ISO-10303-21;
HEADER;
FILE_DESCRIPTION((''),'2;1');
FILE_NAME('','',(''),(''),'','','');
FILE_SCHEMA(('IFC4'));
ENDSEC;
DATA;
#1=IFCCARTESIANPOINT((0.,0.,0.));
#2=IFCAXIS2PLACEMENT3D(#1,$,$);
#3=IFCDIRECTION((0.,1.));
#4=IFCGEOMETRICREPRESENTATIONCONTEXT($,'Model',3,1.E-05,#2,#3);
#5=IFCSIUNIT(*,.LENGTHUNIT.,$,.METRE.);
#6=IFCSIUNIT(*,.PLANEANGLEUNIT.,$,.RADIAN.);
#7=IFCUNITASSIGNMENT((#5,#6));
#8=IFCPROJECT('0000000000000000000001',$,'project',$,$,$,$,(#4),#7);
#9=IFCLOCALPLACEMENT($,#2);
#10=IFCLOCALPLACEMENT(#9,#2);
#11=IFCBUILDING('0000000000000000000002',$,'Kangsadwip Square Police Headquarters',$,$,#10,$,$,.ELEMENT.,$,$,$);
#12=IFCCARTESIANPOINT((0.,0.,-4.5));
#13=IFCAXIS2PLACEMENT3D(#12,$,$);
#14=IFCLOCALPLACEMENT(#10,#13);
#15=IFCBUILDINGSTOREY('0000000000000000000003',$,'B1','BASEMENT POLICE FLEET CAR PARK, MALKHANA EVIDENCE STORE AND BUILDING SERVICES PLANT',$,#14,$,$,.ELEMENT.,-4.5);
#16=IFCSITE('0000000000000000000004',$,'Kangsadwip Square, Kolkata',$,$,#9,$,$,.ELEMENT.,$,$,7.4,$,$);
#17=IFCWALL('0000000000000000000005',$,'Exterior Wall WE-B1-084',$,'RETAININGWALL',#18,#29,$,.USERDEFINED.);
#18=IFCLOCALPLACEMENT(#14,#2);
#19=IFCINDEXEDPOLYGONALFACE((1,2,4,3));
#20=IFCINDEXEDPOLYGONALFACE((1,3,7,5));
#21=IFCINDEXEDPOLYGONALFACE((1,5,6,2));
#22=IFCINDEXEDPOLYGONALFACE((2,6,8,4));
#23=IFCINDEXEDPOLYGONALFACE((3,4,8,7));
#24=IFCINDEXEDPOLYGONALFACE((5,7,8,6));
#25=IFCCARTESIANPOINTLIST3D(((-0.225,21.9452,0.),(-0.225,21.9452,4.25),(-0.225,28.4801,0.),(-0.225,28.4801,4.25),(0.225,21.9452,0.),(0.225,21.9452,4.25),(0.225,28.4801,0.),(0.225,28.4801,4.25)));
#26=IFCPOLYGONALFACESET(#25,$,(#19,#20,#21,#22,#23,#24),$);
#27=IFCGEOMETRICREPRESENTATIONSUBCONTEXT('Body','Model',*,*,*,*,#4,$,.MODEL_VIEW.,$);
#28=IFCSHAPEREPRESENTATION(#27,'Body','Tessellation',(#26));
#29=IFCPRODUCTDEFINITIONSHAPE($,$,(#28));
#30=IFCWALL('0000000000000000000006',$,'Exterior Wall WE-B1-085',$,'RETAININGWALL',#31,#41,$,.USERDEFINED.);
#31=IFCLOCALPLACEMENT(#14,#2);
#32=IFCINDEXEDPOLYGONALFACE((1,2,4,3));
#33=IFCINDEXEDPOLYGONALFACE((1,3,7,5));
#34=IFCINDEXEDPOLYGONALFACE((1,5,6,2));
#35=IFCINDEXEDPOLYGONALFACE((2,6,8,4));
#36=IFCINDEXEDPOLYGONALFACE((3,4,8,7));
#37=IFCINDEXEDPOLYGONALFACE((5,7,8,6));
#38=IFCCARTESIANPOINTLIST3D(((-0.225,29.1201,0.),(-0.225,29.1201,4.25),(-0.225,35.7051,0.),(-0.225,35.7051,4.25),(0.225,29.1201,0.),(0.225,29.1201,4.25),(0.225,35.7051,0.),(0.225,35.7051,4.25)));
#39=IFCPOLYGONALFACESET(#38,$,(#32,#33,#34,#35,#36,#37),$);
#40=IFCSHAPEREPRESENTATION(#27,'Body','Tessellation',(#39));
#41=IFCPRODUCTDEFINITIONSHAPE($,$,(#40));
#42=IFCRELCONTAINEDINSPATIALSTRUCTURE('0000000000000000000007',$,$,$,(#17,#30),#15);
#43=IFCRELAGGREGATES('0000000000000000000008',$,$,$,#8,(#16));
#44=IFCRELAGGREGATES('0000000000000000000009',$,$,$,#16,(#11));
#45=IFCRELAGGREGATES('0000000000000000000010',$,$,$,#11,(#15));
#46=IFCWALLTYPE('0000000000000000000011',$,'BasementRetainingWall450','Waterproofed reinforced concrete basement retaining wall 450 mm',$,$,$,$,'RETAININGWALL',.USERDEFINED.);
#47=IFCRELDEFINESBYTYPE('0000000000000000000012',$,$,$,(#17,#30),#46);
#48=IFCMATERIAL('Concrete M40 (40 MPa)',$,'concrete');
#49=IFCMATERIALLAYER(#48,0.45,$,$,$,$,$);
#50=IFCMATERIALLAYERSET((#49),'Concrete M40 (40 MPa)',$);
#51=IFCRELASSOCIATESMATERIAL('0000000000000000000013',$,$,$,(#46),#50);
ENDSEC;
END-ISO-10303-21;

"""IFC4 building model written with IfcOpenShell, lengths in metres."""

from ifc_helpers import new_model, si_unit, direction, frame, frame_2d, origin, place, context, subcontext, project, spatial, rectangle, extrude, material, layer, layer_set, type_object, element, save


model = new_model("IFC4")

# Units and contexts
model_context = context("Model", 3, precision=1e-05, world=origin(), true_north=direction((0.0, 1.0)))
body_context = subcontext(model_context, "Body", "Model", "MODEL_VIEW")
ifc_project = project(units=[si_unit("LENGTHUNIT", "METRE"), si_unit("PLANEANGLEUNIT", "RADIAN")], contexts=[model_context])

# Site, building, storey
site_placement = place(None, origin())
site = spatial("IfcSite", under=ifc_project, at=site_placement, Name="Kangsadwip Square, Kolkata", CompositionType="ELEMENT", RefElevation=7.4)
building_placement = place(site_placement, origin())
building = spatial("IfcBuilding", under=site, at=building_placement, Name="Kangsadwip Square Police Headquarters", CompositionType="ELEMENT")
storey_placement = place(building_placement, frame((0.0, 0.0, -4.5)))
storey = spatial("IfcBuildingStorey", under=building, at=storey_placement, Name="B1", Description="BASEMENT POLICE FLEET CAR PARK, MALKHANA EVIDENCE STORE AND BUILDING SERVICES PLANT", CompositionType="ELEMENT", Elevation=-4.5)

# Walls
ifc_material_1 = material(Name="Concrete M40 (40 MPa)", Category="concrete")
ifc_layer = layer(ifc_material_1, 0.45)
ifc_layer_set = layer_set([ifc_layer], Name="Concrete M40 (40 MPa)")
wall_type = type_object("IfcWallType", Name="BasementRetainingWall450", Description="Waterproofed reinforced concrete basement retaining wall 450 mm", ElementType="RETAININGWALL", PredefinedType="USERDEFINED", material=ifc_layer_set)
wall_1_placement = place(storey_placement, frame((0.0, 21.9451, 0.0), z_axis=(0.0, 0.0, 1.0), x_axis=(0.0, 1.0, 0.0)))
element("IfcWall", 1, at=wall_1_placement, inside=storey, type_object=wall_type, Name="Exterior Wall WE-B1-084", ObjectType="RETAININGWALL", PredefinedType="USERDEFINED", context=body_context, shape_type="SweptSolid", body=[
    extrude(rectangle(XDim=6.5349, YDim=0.45, at=frame_2d((3.2676, 0.0))), origin(), (0.0, 0.0, 1.0), 4.25),
])
wall_2_placement = place(storey_placement, frame((0.0, 29.1201, 0.0), z_axis=(0.0, 0.0, 1.0), x_axis=(0.0, 1.0, 0.0)))
element("IfcWall", 2, at=wall_2_placement, inside=storey, type_object=wall_type, Name="Exterior Wall WE-B1-085", ObjectType="RETAININGWALL", PredefinedType="USERDEFINED", context=body_context, shape_type="SweptSolid", body=[
    extrude(rectangle(XDim=6.585, YDim=0.45, at=frame_2d((3.2925, 0.0))), origin(), (0.0, 0.0, 1.0), 4.25),
])

save(model, "model.ifc")
